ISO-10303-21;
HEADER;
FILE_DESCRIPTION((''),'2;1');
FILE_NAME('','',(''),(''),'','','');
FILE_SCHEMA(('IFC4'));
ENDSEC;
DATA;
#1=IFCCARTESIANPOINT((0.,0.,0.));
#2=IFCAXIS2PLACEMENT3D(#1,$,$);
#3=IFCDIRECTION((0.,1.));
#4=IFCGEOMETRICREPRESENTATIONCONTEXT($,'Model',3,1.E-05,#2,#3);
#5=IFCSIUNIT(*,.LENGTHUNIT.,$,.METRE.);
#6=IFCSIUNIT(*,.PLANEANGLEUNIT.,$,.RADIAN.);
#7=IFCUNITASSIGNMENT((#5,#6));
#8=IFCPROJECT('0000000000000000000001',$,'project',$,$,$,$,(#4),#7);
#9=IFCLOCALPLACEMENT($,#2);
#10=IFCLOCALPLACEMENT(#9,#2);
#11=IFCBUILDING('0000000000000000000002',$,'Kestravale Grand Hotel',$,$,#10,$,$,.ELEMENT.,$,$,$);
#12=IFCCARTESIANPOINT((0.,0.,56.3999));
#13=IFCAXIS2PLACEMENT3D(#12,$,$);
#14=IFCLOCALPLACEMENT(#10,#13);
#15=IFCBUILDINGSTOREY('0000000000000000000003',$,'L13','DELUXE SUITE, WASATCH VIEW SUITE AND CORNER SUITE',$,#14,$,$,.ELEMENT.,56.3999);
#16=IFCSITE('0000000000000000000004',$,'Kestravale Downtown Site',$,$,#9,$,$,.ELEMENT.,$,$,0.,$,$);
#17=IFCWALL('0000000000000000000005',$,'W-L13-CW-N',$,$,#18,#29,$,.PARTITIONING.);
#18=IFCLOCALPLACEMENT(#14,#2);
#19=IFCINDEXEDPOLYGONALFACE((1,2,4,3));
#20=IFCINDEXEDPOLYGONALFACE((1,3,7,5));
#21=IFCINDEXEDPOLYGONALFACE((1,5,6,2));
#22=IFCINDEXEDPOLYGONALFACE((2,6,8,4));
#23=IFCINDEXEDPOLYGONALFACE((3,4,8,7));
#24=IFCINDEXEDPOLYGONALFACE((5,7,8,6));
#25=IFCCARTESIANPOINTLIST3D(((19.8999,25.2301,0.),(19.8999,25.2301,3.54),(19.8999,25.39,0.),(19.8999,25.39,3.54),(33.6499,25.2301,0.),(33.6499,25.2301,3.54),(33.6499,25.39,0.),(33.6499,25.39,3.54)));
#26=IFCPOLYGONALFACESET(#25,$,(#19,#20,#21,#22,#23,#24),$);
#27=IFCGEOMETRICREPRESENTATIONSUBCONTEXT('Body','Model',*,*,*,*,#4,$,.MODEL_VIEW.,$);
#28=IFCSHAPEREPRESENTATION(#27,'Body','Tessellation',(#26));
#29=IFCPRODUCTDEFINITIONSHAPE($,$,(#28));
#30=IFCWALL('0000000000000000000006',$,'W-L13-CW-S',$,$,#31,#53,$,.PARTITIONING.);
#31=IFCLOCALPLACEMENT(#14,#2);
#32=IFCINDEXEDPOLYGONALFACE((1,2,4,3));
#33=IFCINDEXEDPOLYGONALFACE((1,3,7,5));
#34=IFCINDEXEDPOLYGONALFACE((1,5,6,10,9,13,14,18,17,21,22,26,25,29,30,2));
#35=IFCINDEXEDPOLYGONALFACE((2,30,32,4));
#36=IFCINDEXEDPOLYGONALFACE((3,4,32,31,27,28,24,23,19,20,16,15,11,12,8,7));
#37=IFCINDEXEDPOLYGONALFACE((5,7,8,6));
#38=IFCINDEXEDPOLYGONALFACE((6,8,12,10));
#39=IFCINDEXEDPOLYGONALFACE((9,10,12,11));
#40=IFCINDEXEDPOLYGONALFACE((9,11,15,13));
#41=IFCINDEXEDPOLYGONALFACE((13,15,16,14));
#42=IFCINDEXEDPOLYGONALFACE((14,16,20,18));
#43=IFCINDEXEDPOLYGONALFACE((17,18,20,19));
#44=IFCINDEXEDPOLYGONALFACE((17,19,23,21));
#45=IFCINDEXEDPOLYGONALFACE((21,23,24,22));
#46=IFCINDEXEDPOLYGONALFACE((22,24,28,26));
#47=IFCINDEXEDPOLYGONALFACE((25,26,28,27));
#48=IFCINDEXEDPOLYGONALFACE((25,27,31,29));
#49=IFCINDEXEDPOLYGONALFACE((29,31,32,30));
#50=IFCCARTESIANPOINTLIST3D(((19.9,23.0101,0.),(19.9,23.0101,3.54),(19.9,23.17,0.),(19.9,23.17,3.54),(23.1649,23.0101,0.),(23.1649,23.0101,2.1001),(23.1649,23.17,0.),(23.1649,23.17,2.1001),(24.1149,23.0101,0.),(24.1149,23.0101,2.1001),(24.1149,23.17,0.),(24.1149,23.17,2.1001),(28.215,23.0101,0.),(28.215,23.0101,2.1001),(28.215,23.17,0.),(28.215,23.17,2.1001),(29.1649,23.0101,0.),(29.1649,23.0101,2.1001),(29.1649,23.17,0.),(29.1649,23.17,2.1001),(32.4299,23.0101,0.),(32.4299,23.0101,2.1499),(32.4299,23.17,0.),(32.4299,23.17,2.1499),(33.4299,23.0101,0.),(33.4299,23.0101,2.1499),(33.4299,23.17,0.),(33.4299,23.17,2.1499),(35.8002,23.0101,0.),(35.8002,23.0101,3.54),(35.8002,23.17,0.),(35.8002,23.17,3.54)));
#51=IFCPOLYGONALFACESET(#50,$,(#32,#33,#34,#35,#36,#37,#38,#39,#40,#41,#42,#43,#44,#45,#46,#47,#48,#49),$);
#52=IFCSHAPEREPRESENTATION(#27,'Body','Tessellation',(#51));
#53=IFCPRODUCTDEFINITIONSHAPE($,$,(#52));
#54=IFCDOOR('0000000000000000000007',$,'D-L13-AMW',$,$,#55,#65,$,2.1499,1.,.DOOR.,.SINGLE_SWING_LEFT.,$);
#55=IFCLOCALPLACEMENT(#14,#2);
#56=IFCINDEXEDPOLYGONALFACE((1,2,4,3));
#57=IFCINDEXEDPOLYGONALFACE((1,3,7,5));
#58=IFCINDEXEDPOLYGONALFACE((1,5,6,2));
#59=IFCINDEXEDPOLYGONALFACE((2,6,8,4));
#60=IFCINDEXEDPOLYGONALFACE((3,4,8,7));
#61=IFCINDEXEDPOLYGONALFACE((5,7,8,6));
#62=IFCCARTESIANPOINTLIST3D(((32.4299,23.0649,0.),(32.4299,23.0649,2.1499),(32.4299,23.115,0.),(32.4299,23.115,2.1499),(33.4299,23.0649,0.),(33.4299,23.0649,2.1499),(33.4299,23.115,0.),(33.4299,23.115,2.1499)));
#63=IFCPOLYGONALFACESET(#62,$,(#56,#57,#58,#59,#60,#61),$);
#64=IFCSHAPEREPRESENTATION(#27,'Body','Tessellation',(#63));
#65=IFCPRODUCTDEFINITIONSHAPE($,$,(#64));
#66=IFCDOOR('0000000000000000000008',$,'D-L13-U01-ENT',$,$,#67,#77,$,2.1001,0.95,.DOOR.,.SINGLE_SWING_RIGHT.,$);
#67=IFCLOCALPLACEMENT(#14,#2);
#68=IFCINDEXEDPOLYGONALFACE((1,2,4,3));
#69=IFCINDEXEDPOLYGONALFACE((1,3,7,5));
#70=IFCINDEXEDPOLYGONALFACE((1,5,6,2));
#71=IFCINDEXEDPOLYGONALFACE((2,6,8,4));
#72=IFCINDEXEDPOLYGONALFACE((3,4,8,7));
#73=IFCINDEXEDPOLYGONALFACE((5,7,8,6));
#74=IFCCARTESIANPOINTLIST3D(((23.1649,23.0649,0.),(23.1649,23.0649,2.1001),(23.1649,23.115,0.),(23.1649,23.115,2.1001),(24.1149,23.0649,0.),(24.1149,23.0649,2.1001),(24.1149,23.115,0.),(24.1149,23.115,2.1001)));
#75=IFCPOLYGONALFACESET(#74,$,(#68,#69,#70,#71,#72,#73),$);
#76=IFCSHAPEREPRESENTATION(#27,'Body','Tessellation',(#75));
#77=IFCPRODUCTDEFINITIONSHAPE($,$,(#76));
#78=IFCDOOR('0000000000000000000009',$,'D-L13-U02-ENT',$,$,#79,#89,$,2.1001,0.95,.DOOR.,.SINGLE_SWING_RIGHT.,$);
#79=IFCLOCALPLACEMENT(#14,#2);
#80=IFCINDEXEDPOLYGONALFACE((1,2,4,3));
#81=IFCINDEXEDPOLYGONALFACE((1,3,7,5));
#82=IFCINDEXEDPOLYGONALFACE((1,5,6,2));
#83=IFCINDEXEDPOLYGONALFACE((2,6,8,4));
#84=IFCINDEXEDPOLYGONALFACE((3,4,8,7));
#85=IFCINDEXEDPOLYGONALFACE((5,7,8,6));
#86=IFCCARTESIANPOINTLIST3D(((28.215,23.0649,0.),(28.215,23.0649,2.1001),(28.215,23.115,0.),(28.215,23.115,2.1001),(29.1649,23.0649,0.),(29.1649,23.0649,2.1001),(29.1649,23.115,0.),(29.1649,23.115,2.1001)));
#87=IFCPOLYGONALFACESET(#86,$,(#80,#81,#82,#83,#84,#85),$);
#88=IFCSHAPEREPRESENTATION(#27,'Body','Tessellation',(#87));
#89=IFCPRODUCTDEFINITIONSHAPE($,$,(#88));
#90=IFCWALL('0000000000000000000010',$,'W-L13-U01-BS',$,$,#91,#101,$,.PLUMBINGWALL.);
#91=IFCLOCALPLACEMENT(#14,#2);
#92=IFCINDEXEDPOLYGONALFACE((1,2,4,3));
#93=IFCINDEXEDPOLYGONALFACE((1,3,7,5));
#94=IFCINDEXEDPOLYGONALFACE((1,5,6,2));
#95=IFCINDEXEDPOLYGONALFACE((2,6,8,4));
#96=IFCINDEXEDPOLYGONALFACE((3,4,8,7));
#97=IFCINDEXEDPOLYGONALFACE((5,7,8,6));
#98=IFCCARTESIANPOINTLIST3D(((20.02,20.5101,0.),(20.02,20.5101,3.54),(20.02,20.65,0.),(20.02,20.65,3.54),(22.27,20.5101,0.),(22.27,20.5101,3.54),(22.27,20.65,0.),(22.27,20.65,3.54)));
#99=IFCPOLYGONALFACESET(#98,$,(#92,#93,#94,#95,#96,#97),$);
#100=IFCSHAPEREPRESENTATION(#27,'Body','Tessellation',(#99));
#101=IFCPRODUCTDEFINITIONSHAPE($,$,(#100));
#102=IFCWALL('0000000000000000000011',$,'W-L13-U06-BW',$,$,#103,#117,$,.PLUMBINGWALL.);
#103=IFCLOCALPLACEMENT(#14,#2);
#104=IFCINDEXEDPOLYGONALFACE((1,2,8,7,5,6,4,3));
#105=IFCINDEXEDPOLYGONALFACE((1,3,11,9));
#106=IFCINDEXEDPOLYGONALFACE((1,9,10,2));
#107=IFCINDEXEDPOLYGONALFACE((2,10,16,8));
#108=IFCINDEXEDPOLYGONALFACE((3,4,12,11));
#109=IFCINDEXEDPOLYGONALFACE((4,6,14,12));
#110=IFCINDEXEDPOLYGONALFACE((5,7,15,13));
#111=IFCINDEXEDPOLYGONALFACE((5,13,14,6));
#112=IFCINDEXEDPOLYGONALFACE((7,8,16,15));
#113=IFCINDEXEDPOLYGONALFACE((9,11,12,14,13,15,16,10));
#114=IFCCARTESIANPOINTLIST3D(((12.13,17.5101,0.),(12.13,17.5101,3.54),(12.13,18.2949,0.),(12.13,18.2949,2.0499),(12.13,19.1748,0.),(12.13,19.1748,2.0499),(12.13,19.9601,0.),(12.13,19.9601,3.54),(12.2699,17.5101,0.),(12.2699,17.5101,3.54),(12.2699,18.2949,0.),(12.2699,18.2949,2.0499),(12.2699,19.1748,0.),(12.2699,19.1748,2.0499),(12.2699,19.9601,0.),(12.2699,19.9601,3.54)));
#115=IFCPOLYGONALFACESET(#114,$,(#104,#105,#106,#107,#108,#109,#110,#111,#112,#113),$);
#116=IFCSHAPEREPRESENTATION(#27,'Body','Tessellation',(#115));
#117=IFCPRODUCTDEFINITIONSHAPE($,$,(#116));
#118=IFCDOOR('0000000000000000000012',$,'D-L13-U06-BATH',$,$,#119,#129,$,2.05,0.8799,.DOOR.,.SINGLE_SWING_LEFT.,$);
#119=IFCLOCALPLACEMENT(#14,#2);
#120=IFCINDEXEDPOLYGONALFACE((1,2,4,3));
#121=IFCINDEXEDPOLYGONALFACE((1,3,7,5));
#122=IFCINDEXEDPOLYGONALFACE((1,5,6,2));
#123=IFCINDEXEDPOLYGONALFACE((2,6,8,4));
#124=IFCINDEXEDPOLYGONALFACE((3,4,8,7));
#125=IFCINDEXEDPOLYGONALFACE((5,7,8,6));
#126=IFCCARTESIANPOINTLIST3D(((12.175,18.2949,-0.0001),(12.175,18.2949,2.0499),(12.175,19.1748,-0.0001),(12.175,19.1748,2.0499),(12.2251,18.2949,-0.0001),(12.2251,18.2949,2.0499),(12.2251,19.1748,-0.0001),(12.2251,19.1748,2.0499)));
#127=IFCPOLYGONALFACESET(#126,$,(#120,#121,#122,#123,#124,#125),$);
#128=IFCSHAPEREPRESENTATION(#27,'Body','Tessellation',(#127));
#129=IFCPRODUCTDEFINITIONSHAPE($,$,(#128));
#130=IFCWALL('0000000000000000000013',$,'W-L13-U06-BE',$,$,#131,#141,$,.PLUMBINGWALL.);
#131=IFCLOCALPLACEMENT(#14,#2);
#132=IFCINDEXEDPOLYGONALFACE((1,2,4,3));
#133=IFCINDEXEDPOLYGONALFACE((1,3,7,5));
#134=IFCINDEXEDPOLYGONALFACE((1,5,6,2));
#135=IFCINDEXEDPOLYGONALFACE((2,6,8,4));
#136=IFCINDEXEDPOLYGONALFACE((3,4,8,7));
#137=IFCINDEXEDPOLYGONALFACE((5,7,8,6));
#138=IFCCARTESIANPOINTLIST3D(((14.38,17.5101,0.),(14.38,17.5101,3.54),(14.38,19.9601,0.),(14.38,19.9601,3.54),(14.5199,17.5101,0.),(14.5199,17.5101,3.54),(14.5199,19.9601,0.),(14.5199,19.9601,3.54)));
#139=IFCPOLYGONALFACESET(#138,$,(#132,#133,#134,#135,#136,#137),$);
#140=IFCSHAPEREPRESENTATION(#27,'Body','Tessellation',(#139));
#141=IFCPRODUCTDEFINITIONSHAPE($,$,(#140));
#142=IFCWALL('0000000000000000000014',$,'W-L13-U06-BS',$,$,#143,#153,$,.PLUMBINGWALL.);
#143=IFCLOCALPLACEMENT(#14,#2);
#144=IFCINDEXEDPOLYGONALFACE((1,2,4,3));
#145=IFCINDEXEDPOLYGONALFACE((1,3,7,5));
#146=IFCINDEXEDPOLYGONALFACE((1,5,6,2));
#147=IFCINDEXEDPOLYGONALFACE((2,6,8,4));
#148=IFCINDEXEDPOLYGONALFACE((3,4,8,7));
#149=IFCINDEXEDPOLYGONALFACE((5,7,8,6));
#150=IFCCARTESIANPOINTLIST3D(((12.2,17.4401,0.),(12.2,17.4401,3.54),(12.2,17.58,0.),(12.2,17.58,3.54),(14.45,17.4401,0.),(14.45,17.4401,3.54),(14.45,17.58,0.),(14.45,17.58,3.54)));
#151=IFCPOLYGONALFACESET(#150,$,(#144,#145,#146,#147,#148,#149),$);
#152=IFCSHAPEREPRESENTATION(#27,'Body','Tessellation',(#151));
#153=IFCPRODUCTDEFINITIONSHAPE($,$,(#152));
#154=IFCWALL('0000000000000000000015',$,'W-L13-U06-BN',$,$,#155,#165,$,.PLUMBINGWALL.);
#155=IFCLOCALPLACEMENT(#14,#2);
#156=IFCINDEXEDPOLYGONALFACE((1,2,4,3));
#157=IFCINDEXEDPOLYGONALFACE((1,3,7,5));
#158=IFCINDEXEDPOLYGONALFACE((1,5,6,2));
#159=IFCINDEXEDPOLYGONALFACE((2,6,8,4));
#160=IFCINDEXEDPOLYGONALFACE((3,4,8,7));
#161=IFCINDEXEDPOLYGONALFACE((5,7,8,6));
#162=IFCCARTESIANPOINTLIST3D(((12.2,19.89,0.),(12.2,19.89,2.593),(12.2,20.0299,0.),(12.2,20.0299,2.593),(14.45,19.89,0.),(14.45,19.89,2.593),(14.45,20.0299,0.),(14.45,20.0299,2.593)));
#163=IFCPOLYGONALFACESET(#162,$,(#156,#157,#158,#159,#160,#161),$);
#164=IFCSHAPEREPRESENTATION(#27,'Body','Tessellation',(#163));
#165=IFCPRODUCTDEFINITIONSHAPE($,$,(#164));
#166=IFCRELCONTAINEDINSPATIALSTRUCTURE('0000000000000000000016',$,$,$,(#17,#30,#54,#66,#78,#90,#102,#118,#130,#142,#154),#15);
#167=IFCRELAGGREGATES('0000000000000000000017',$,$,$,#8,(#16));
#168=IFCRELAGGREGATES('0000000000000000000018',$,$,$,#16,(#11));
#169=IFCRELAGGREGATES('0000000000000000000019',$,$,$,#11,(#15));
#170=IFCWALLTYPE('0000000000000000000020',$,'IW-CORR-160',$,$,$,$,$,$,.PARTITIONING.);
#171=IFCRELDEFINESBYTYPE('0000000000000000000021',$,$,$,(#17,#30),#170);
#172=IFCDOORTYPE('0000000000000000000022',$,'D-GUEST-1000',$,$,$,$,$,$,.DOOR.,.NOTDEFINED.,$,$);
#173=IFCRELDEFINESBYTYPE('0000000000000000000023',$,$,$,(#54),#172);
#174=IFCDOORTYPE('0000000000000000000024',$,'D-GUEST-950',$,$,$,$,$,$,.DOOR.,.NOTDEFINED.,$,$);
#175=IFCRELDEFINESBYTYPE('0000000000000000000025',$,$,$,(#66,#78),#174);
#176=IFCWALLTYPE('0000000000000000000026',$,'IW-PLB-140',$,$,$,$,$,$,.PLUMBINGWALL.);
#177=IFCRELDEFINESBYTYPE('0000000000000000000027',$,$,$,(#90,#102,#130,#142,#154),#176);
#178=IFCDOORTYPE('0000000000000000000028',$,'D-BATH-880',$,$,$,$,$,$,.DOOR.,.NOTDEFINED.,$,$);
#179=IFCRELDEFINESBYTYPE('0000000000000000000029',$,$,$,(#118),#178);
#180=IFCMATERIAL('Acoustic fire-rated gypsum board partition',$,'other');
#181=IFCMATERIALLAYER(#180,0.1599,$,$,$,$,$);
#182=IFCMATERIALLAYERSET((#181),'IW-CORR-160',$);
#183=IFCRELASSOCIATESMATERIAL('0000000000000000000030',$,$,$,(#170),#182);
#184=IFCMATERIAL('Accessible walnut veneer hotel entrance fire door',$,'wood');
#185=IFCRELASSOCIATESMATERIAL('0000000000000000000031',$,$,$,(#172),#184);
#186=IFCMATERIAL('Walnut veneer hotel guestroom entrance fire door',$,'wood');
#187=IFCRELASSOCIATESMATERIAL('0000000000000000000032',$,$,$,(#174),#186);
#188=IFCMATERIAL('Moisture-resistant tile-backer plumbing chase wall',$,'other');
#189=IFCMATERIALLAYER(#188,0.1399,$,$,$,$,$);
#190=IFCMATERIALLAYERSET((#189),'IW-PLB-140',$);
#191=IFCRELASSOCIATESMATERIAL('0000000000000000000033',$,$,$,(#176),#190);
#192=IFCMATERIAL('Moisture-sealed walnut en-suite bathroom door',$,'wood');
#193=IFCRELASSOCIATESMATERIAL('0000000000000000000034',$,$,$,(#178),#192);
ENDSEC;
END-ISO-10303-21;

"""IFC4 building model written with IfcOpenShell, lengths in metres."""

from ifc_helpers import new_model, si_unit, direction, frame, frame_2d, origin, place, context, subcontext, project, spatial, rectangle, extrude, material, layer, layer_set, type_object, element, fill, save


model = new_model("IFC4")

# Units and contexts
model_context = context("Model", 3, precision=1e-05, world=origin(), true_north=direction((0.0, 1.0)))
body_context = subcontext(model_context, "Body", "Model", "MODEL_VIEW")
ifc_project = project(units=[si_unit("LENGTHUNIT", "METRE"), si_unit("PLANEANGLEUNIT", "RADIAN")], contexts=[model_context])

# Site, building, storey
site_placement = place(None, origin())
site = spatial("IfcSite", under=ifc_project, at=site_placement, Name="Kestravale Downtown Site", CompositionType="ELEMENT", RefElevation=0.0)
building_placement = place(site_placement, origin())
building = spatial("IfcBuilding", under=site, at=building_placement, Name="Kestravale Grand Hotel", CompositionType="ELEMENT")
storey_placement = place(building_placement, frame((0.0, 0.0, 56.3999)))
storey = spatial("IfcBuildingStorey", under=building, at=storey_placement, Name="L13", Description="DELUXE SUITE, WASATCH VIEW SUITE AND CORNER SUITE", CompositionType="ELEMENT", Elevation=56.3999)

# Wall
ifc_material_1 = material(Name="Acoustic fire-rated gypsum board partition", Category="other")
ifc_layer_1 = layer(ifc_material_1, 0.1599)
ifc_layer_set_1 = layer_set([ifc_layer_1], Name="IW-CORR-160")
wall_type_1 = type_object("IfcWallType", Name="IW-CORR-160", PredefinedType="PARTITIONING", material=ifc_layer_set_1)
wall_1_placement = place(storey_placement, frame((19.8999, 25.3101, 0.0), z_axis=(0.0, 0.0, 1.0), x_axis=(1.0, 0.0, 0.0)))
element("IfcWall", 1, at=wall_1_placement, inside=storey, type_object=wall_type_1, Name="W-L13-CW-N", PredefinedType="PARTITIONING", context=body_context, shape_type="SweptSolid", body=[
    extrude(rectangle(XDim=13.75, YDim=0.1599, at=frame_2d((6.875, 0.0))), origin(), (0.0, 0.0, 1.0), 3.54),
])

# Wall, openings, doors
wall_2_placement = place(storey_placement, frame((19.8999, 23.0901, 0.0), z_axis=(0.0, 0.0, 1.0), x_axis=(1.0, 0.0, 0.0)))
wall_2 = element("IfcWall", 2, at=wall_2_placement, inside=storey, type_object=wall_type_1, Name="W-L13-CW-S", PredefinedType="PARTITIONING", context=body_context, shape_type="SweptSolid", body=[
    extrude(rectangle(XDim=15.9001, YDim=0.1599, at=frame_2d((7.9502, 0.0))), origin(), (0.0, 0.0, 1.0), 3.54),
])
opening_1_placement = place(wall_2_placement, frame((3.2649, 0.0, 0.0)))
opening_1 = element("IfcOpeningElement", 3, at=opening_1_placement, cuts=wall_2, PredefinedType="OPENING", context=body_context, shape_type="SweptSolid", body=[
    extrude(rectangle(XDim=0.95, YDim=2.1001, at=frame_2d((0.4751, 1.05))), frame((0.0, 0.0898, 0.0), z_axis=(0.0, -1.0, 0.0), x_axis=(1.0, 0.0, 0.0)), (0.0, 0.0, 1.0), 0.1799),
])
opening_2_placement = place(wall_2_placement, frame((8.3149, 0.0, 0.0)))
opening_2 = element("IfcOpeningElement", 4, at=opening_2_placement, cuts=wall_2, PredefinedType="OPENING", context=body_context, shape_type="SweptSolid", body=[
    extrude(rectangle(XDim=0.95, YDim=2.1001, at=frame_2d((0.4751, 1.05))), frame((0.0, 0.0898, 0.0), z_axis=(0.0, -1.0, 0.0), x_axis=(1.0, 0.0, 0.0)), (0.0, 0.0, 1.0), 0.1799),
])
opening_3_placement = place(wall_2_placement, frame((12.53, 0.0, 0.0)))
opening_3 = element("IfcOpeningElement", 5, at=opening_3_placement, cuts=wall_2, PredefinedType="OPENING", context=body_context, shape_type="SweptSolid", body=[
    extrude(rectangle(XDim=1.0, YDim=2.1499, at=frame_2d((0.5, 1.075))), frame((0.0, 0.0898, 0.0), z_axis=(0.0, -1.0, 0.0), x_axis=(1.0, 0.0, 0.0)), (0.0, 0.0, 1.0), 0.1799),
])
ifc_material_2 = material(Name="Accessible walnut veneer hotel entrance fire door", Category="wood")
door_type_1 = type_object("IfcDoorType", Name="D-GUEST-1000", OperationType="NOTDEFINED", PredefinedType="DOOR", material=ifc_material_2)
door_1_placement = place(opening_3_placement, origin())
door_1 = element("IfcDoor", 6, at=door_1_placement, inside=storey, type_object=door_type_1, Name="D-L13-AMW", OperationType="SINGLE_SWING_LEFT", OverallHeight=2.1499, OverallWidth=1.0, PredefinedType="DOOR", context=body_context, shape_type="SweptSolid", body=[
    extrude(rectangle(XDim=1.0, YDim=2.1499, at=frame_2d((0.5, 1.075))), frame((0.0, 0.0249, 0.0), z_axis=(0.0, -1.0, 0.0), x_axis=(1.0, 0.0, 0.0)), (0.0, 0.0, 1.0), 0.05),
])
fill(opening_3, door_1)
ifc_material_3 = material(Name="Walnut veneer hotel guestroom entrance fire door", Category="wood")
door_type_2 = type_object("IfcDoorType", Name="D-GUEST-950", OperationType="NOTDEFINED", PredefinedType="DOOR", material=ifc_material_3)
door_2_placement = place(opening_1_placement, origin())
door_2 = element("IfcDoor", 7, at=door_2_placement, inside=storey, type_object=door_type_2, Name="D-L13-U01-ENT", OperationType="SINGLE_SWING_RIGHT", OverallHeight=2.1001, OverallWidth=0.95, PredefinedType="DOOR", context=body_context, shape_type="SweptSolid", body=[
    extrude(rectangle(XDim=0.95, YDim=2.1001, at=frame_2d((0.4751, 1.05))), frame((0.0, 0.0249, 0.0), z_axis=(0.0, -1.0, 0.0), x_axis=(1.0, 0.0, 0.0)), (0.0, 0.0, 1.0), 0.05),
])
fill(opening_1, door_2)
door_3_placement = place(opening_2_placement, origin())
door_3 = element("IfcDoor", 8, at=door_3_placement, inside=storey, type_object=door_type_2, Name="D-L13-U02-ENT", OperationType="SINGLE_SWING_RIGHT", OverallHeight=2.1001, OverallWidth=0.95, PredefinedType="DOOR", context=body_context, shape_type="SweptSolid", body=[
    extrude(rectangle(XDim=0.95, YDim=2.1001, at=frame_2d((0.4751, 1.05))), frame((0.0, 0.0249, 0.0), z_axis=(0.0, -1.0, 0.0), x_axis=(1.0, 0.0, 0.0)), (0.0, 0.0, 1.0), 0.05),
])
fill(opening_2, door_3)

# Wall
ifc_material_4 = material(Name="Moisture-resistant tile-backer plumbing chase wall", Category="other")
ifc_layer_2 = layer(ifc_material_4, 0.1399)
ifc_layer_set_2 = layer_set([ifc_layer_2], Name="IW-PLB-140")
wall_type_2 = type_object("IfcWallType", Name="IW-PLB-140", PredefinedType="PLUMBINGWALL", material=ifc_layer_set_2)
wall_3_placement = place(storey_placement, frame((20.02, 20.5801, 0.0), z_axis=(0.0, 0.0, 1.0), x_axis=(1.0, 0.0, 0.0)))
element("IfcWall", 9, at=wall_3_placement, inside=storey, type_object=wall_type_2, Name="W-L13-U01-BS", PredefinedType="PLUMBINGWALL", context=body_context, shape_type="SweptSolid", body=[
    extrude(rectangle(XDim=2.25, YDim=0.1399, at=frame_2d((1.125, 0.0))), origin(), (0.0, 0.0, 1.0), 3.54),
])

# Wall, opening, door
wall_4_placement = place(storey_placement, frame((12.2, 17.51, 0.0), z_axis=(0.0, 0.0, 1.0), x_axis=(0.0, 1.0, 0.0)))
wall_4 = element("IfcWall", 10, at=wall_4_placement, inside=storey, type_object=wall_type_2, Name="W-L13-U06-BW", PredefinedType="PLUMBINGWALL", context=body_context, shape_type="SweptSolid", body=[
    extrude(rectangle(XDim=2.45, YDim=0.1399, at=frame_2d((1.2251, 0.0))), origin(), (0.0, 0.0, 1.0), 3.54),
])
opening_4_placement = place(wall_4_placement, frame((0.7849, 0.0, 0.0)))
opening_4 = element("IfcOpeningElement", 11, at=opening_4_placement, cuts=wall_4, PredefinedType="OPENING", context=body_context, shape_type="SweptSolid", body=[
    extrude(rectangle(XDim=0.8799, YDim=2.05, at=frame_2d((0.4399, 1.0249))), frame((0.0, 0.0798, 0.0), z_axis=(0.0, -1.0, 0.0), x_axis=(1.0, 0.0, 0.0)), (0.0, 0.0, 1.0), 0.1599),
])
ifc_material_5 = material(Name="Moisture-sealed walnut en-suite bathroom door", Category="wood")
door_type_3 = type_object("IfcDoorType", Name="D-BATH-880", OperationType="NOTDEFINED", PredefinedType="DOOR", material=ifc_material_5)
door_4_placement = place(opening_4_placement, origin())
door_4 = element("IfcDoor", 12, at=door_4_placement, inside=storey, type_object=door_type_3, Name="D-L13-U06-BATH", OperationType="SINGLE_SWING_LEFT", OverallHeight=2.05, OverallWidth=0.8799, PredefinedType="DOOR", context=body_context, shape_type="SweptSolid", body=[
    extrude(rectangle(XDim=0.8799, YDim=2.05, at=frame_2d((0.4399, 1.0249))), frame((0.0, 0.0249, 0.0), z_axis=(0.0, -1.0, 0.0), x_axis=(1.0, 0.0, 0.0)), (0.0, 0.0, 1.0), 0.05),
])
fill(opening_4, door_4)

# Walls
wall_5_placement = place(storey_placement, frame((14.45, 17.51, 0.0), z_axis=(0.0, 0.0, 1.0), x_axis=(0.0, 1.0, 0.0)))
element("IfcWall", 13, at=wall_5_placement, inside=storey, type_object=wall_type_2, Name="W-L13-U06-BE", PredefinedType="PLUMBINGWALL", context=body_context, shape_type="SweptSolid", body=[
    extrude(rectangle(XDim=2.45, YDim=0.1399, at=frame_2d((1.2251, 0.0))), origin(), (0.0, 0.0, 1.0), 3.54),
])
wall_6_placement = place(storey_placement, frame((12.2, 17.51, 0.0), z_axis=(0.0, 0.0, 1.0), x_axis=(1.0, 0.0, 0.0)))
element("IfcWall", 14, at=wall_6_placement, inside=storey, type_object=wall_type_2, Name="W-L13-U06-BS", PredefinedType="PLUMBINGWALL", context=body_context, shape_type="SweptSolid", body=[
    extrude(rectangle(XDim=2.25, YDim=0.1399, at=frame_2d((1.125, 0.0))), origin(), (0.0, 0.0, 1.0), 3.54),
])
wall_7_placement = place(storey_placement, frame((12.2, 19.96, 0.0), z_axis=(0.0, 0.0, 1.0), x_axis=(1.0, 0.0, 0.0)))
element("IfcWall", 15, at=wall_7_placement, inside=storey, type_object=wall_type_2, Name="W-L13-U06-BN", PredefinedType="PLUMBINGWALL", context=body_context, shape_type="SweptSolid", body=[
    extrude(rectangle(XDim=2.25, YDim=0.1399, at=frame_2d((1.125, 0.0))), origin(), (0.0, 0.0, 1.0), 2.593),
])

save(model, "model.ifc")
